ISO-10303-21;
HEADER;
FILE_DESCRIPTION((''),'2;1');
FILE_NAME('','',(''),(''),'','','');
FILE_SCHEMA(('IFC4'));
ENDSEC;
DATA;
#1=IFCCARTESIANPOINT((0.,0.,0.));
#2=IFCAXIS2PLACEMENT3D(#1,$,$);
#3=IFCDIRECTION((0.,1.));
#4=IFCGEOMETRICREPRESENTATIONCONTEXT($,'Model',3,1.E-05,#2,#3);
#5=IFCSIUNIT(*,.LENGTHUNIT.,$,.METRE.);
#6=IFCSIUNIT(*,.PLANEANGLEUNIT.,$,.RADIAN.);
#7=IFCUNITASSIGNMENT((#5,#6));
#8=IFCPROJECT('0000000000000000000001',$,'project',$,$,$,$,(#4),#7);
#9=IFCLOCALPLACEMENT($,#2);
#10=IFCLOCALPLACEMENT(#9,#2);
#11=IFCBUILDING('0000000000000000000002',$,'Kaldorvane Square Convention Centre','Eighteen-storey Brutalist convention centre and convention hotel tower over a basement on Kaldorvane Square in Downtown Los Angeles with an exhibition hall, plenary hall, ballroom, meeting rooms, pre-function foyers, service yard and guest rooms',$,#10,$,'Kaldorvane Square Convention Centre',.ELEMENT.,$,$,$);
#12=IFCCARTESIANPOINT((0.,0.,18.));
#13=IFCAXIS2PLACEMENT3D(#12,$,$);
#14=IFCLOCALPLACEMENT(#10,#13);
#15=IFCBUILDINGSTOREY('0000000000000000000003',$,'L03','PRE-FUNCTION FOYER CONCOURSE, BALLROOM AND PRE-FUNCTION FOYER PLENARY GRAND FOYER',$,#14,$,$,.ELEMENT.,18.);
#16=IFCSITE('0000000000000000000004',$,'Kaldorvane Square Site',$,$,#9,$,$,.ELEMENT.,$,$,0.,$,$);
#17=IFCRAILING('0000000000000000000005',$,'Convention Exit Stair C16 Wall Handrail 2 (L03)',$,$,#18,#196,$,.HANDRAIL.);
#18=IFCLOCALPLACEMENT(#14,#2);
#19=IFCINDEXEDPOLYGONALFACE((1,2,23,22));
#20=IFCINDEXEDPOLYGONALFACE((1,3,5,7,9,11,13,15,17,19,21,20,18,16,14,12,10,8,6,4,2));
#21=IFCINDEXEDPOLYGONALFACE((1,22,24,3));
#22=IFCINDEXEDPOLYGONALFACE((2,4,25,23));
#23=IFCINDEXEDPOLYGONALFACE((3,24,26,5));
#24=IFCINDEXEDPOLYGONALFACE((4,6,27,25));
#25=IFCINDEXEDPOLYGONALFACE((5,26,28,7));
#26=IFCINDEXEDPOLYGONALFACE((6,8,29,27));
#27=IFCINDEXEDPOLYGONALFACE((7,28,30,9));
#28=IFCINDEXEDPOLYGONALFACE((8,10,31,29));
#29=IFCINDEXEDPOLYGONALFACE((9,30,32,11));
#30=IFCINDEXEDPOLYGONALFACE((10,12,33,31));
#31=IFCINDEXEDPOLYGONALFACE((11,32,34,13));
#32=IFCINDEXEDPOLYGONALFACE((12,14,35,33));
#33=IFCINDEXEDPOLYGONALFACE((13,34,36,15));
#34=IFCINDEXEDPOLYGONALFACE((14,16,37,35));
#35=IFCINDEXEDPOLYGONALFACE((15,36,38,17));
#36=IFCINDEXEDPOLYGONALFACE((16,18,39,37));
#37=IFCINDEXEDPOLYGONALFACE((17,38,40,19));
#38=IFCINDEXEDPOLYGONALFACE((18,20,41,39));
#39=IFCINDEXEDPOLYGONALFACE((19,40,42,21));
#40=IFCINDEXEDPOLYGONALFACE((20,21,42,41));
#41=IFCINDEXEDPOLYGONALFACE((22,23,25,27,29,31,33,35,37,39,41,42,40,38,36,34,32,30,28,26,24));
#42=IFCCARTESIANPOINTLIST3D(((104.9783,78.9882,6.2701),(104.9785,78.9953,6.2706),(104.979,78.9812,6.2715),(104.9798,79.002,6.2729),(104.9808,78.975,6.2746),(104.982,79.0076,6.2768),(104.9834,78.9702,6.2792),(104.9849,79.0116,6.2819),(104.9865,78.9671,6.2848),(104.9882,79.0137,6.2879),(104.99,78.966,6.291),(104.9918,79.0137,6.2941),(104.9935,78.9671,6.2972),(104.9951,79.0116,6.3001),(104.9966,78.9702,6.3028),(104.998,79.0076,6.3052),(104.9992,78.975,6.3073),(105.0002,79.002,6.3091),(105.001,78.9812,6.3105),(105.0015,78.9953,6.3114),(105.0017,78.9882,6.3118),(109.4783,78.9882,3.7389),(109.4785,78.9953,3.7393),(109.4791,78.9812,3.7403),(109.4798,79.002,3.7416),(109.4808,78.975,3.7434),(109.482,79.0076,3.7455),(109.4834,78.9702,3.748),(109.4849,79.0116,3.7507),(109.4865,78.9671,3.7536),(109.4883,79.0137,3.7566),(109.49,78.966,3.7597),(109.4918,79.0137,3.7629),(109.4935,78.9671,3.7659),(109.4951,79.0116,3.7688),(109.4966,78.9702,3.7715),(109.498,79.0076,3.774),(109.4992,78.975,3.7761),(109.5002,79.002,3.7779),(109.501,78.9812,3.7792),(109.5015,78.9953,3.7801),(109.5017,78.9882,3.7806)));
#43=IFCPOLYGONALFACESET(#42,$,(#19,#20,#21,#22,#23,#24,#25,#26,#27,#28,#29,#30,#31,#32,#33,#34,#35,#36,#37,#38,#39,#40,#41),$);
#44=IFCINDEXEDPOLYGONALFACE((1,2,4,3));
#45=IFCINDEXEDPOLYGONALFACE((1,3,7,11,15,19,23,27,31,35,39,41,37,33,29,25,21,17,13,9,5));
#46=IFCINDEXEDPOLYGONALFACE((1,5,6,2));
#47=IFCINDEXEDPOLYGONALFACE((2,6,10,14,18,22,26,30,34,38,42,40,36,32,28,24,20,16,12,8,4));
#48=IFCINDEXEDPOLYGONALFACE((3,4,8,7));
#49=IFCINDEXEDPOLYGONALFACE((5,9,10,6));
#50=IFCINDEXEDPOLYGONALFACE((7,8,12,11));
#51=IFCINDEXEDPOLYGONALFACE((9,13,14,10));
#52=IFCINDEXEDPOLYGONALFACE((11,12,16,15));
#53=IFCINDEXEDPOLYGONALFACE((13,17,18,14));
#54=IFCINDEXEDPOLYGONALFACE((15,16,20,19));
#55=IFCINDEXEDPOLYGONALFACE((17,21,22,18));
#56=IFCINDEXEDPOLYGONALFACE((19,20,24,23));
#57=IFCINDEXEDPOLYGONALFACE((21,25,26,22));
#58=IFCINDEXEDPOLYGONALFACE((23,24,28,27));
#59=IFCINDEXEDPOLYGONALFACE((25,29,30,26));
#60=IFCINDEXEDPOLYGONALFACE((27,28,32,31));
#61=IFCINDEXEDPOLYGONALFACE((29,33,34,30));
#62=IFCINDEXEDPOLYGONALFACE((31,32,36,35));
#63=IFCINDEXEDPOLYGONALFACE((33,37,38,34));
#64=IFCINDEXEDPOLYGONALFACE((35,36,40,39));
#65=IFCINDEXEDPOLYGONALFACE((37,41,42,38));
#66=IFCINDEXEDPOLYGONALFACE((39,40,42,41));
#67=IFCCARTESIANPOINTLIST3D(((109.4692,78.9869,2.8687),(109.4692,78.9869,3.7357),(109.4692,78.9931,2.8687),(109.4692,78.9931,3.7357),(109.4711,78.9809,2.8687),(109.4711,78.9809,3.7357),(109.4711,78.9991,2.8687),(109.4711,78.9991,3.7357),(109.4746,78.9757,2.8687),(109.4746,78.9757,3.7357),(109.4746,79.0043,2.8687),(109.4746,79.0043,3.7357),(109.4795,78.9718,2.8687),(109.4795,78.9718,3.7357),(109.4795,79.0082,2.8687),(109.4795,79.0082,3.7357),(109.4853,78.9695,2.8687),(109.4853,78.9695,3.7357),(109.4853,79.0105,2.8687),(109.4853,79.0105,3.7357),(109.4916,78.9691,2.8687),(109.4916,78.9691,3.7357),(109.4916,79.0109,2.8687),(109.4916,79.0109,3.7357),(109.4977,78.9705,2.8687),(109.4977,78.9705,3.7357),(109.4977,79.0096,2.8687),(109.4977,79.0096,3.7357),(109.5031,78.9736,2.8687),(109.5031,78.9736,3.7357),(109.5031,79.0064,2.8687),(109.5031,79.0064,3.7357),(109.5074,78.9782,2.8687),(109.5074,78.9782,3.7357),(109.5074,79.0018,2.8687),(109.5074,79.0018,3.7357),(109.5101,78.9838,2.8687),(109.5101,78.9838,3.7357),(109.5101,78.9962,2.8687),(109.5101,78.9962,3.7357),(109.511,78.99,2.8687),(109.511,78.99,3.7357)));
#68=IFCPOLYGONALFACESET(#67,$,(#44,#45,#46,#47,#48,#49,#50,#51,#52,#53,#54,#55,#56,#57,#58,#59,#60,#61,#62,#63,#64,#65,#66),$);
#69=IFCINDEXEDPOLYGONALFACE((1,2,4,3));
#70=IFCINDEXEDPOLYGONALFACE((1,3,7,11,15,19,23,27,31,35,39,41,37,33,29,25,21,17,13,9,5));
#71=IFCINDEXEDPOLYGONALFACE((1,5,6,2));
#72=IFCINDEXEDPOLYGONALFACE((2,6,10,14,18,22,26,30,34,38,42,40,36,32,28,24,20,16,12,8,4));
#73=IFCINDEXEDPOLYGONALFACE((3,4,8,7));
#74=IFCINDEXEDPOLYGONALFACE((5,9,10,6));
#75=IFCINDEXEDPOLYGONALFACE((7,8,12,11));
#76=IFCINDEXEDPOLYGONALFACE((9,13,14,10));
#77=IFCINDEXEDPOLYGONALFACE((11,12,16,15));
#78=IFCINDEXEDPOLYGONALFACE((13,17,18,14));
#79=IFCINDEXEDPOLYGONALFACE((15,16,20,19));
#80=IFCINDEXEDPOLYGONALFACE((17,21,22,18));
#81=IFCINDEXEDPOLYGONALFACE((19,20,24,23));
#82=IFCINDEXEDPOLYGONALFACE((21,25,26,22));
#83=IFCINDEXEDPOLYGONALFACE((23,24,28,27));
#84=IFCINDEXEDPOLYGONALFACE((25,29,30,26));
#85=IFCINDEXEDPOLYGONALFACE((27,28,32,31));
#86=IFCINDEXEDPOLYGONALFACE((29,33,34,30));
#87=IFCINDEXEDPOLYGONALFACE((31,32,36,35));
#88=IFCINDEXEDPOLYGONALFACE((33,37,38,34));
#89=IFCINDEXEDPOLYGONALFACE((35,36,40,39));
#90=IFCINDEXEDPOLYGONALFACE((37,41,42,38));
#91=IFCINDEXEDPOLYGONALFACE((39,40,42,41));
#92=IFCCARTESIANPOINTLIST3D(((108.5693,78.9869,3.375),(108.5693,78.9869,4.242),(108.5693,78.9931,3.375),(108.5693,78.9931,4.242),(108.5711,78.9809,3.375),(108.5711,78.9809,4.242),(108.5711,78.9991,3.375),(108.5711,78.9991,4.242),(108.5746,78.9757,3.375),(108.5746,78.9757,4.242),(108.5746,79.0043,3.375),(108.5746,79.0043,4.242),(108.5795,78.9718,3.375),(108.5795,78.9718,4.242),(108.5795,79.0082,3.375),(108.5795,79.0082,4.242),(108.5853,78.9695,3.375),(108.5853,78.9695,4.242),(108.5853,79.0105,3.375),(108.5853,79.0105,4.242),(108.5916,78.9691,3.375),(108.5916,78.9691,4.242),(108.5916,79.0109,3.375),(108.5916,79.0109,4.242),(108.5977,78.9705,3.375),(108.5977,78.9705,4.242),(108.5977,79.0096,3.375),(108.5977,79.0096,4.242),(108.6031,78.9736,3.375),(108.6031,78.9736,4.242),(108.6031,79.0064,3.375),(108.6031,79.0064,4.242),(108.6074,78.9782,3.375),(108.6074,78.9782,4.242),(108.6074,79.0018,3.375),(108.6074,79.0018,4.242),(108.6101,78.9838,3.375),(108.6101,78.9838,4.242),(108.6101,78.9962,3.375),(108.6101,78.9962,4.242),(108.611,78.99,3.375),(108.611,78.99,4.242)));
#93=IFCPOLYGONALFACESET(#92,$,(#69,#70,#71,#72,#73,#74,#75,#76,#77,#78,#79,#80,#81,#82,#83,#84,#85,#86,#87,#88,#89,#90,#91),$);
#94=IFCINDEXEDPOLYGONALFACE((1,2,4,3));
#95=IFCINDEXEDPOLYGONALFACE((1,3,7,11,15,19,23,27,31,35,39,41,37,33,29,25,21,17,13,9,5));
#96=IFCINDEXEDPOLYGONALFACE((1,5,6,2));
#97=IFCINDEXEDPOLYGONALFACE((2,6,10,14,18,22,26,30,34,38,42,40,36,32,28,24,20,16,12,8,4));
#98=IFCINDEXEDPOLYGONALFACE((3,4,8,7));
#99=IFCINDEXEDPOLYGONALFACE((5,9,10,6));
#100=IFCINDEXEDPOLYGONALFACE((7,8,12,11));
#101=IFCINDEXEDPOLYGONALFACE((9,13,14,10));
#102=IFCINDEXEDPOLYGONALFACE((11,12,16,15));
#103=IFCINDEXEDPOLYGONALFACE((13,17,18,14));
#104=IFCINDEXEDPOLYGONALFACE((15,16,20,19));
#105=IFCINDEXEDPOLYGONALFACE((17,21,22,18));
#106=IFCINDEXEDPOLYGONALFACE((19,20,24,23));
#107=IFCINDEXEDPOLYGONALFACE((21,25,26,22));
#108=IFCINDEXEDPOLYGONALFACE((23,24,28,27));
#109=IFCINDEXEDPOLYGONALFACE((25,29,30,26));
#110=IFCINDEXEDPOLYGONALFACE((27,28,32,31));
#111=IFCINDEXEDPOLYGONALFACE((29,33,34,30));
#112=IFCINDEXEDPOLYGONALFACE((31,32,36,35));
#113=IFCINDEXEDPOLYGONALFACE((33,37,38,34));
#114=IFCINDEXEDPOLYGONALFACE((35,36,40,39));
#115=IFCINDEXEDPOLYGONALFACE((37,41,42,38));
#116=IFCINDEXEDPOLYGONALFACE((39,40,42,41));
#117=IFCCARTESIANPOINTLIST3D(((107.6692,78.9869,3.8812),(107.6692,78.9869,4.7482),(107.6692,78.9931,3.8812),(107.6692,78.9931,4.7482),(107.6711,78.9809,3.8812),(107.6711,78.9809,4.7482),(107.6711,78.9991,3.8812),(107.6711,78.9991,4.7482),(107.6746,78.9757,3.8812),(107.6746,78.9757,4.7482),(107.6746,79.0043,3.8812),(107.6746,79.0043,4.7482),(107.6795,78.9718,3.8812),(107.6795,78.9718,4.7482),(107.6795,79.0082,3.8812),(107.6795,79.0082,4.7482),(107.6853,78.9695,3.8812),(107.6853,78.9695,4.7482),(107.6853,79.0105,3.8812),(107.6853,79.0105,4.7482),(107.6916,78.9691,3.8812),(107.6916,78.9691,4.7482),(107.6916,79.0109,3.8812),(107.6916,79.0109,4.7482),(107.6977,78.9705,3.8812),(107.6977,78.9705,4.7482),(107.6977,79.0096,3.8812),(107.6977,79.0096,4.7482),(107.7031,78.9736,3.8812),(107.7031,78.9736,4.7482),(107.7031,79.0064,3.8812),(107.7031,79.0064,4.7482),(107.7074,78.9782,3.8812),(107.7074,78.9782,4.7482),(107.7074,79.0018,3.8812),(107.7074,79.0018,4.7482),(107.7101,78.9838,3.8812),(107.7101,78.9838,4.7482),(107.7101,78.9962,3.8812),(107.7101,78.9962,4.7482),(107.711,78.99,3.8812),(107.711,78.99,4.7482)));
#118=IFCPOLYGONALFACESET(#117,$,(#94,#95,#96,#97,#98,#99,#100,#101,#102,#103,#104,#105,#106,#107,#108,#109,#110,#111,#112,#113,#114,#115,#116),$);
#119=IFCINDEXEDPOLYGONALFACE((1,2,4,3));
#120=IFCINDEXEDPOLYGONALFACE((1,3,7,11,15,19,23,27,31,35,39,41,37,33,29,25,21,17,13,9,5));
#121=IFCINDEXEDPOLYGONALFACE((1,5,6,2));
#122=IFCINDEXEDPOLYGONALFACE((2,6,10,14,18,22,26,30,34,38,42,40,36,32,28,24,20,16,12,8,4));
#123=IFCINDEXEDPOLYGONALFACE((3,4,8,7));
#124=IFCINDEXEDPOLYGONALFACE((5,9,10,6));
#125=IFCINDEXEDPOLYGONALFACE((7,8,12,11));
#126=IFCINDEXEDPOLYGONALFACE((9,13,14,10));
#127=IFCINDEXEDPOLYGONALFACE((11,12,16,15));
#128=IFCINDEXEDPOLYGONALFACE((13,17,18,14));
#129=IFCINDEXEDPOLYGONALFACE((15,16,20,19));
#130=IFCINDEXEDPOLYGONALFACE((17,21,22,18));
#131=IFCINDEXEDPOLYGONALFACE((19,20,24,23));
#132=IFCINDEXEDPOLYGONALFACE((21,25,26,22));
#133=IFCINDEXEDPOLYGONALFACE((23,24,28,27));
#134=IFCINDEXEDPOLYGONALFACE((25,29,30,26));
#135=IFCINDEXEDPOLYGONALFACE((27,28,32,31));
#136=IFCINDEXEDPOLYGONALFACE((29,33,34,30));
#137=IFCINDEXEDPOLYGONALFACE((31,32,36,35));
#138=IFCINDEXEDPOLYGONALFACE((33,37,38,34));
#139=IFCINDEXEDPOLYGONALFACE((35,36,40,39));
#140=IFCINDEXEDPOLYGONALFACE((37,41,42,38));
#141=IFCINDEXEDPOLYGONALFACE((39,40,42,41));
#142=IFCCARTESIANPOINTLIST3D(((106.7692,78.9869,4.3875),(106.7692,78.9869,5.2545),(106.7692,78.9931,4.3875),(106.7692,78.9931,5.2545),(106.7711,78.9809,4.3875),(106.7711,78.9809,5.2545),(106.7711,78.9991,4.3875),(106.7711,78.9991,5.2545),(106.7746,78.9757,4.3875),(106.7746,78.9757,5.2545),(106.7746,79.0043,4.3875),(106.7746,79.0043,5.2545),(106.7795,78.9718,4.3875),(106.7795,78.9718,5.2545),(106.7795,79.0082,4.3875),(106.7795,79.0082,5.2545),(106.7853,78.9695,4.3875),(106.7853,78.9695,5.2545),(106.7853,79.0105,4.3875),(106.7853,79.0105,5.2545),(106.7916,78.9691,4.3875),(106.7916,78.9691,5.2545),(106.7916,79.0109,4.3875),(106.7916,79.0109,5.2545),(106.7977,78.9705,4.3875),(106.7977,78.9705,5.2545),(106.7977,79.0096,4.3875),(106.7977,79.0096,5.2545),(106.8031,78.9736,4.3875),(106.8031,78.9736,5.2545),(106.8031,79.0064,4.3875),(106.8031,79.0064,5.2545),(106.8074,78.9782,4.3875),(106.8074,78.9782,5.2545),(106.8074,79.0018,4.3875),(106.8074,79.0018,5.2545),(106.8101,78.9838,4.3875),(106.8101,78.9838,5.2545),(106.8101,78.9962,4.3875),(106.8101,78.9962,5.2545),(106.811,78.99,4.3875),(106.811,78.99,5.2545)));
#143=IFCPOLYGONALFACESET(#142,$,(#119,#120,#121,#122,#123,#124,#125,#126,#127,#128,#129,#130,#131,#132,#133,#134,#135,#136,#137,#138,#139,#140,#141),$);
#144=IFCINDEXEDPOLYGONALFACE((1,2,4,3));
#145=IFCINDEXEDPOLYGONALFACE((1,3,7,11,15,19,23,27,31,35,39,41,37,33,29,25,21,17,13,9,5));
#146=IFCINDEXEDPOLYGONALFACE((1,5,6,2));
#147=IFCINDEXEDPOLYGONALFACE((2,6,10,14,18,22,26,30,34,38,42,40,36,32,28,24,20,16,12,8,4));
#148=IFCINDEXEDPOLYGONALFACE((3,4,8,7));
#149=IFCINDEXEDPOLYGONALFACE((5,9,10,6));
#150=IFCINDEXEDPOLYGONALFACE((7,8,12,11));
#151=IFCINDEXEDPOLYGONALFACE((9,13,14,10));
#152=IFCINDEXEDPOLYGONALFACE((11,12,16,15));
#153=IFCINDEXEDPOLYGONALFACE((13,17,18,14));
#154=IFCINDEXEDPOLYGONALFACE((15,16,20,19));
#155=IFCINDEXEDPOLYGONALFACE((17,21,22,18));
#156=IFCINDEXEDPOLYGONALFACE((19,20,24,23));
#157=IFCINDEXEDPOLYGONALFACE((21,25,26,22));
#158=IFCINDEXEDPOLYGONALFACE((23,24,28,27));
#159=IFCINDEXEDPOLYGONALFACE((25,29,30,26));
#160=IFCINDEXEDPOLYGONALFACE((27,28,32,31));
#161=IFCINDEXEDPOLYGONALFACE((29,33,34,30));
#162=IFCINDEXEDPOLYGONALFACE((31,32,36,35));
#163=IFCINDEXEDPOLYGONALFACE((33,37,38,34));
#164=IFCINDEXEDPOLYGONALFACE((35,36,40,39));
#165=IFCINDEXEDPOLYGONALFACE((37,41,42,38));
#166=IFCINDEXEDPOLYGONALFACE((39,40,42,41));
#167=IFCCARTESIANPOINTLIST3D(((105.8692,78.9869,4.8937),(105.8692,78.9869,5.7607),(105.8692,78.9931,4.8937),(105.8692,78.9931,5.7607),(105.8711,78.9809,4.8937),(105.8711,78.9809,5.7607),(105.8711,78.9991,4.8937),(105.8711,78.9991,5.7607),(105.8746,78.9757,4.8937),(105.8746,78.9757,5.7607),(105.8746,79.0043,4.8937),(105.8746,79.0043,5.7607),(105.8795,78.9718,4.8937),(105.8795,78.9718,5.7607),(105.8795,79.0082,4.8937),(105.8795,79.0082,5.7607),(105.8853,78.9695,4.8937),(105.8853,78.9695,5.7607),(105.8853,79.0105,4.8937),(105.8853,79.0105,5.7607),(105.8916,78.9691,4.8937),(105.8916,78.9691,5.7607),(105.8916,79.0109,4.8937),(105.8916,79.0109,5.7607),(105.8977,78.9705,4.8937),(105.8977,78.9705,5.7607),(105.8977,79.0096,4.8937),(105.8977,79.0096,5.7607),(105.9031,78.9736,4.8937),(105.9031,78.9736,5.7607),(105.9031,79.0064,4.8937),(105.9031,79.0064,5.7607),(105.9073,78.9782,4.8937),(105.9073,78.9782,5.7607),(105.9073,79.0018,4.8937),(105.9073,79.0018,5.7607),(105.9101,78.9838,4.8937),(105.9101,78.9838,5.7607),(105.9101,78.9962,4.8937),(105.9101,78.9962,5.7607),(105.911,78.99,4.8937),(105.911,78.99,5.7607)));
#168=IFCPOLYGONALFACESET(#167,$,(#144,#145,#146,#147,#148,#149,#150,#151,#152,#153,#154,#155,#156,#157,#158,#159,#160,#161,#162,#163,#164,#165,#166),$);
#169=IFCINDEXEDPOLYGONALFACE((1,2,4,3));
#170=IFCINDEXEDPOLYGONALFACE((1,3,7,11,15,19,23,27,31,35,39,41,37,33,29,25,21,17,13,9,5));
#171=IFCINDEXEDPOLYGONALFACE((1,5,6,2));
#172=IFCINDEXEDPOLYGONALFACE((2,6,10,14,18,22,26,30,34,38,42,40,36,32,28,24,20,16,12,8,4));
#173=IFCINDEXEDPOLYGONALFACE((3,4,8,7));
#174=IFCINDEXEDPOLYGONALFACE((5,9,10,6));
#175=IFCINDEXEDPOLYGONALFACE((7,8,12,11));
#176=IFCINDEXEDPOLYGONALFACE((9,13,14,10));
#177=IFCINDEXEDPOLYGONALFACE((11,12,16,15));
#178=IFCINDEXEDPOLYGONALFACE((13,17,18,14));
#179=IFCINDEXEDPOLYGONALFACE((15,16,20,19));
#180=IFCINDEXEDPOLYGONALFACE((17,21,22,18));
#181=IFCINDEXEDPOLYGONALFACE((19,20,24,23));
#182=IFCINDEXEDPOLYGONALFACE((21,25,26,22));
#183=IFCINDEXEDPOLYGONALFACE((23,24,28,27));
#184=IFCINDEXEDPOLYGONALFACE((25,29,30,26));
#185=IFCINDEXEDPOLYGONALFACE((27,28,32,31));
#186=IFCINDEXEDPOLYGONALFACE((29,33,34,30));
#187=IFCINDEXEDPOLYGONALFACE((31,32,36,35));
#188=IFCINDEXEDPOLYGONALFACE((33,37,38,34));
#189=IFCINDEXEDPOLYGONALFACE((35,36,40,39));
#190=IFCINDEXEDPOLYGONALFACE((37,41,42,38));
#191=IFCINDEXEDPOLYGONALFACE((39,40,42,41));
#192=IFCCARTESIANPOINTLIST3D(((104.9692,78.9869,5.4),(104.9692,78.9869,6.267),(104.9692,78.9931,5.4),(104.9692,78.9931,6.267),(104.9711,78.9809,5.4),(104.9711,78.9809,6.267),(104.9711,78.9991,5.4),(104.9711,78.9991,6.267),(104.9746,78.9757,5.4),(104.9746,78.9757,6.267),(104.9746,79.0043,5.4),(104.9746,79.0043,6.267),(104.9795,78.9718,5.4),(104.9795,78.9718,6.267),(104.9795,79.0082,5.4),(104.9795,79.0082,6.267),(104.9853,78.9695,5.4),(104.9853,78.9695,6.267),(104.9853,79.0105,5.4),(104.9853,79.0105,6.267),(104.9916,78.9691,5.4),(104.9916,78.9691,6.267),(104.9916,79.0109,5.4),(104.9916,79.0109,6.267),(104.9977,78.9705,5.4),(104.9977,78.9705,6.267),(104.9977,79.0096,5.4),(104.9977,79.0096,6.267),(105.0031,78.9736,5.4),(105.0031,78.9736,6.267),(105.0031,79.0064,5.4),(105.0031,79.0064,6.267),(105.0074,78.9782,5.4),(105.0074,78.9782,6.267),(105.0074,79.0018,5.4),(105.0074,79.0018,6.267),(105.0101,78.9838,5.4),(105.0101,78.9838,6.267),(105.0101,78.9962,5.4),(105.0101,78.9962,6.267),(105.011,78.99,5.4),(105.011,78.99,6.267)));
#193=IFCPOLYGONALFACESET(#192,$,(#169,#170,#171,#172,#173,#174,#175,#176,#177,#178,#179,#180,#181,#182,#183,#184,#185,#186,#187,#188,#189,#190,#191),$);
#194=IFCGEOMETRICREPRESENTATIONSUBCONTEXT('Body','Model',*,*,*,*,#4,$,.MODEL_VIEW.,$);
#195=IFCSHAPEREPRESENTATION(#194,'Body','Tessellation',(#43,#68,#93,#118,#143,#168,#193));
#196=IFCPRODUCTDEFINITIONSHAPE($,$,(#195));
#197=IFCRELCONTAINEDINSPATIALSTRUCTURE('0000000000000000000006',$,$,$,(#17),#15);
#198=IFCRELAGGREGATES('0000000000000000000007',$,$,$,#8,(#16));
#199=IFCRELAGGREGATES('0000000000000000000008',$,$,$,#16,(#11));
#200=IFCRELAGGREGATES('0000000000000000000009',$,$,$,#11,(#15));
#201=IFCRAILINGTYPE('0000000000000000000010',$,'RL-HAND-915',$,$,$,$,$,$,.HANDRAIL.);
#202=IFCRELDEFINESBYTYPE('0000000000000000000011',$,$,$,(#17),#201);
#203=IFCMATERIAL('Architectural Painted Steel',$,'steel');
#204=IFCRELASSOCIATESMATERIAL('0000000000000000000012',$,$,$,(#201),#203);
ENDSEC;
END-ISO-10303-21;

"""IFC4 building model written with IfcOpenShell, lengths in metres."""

from ifc_helpers import new_model, si_unit, direction, frame, origin, origin_2d, place, context, subcontext, project, spatial, circle, extrude, material, type_object, element, save


model = new_model("IFC4")

# Units and contexts
model_context = context("Model", 3, precision=1e-05, world=origin(), true_north=direction((0.0, 1.0)))
body_context = subcontext(model_context, "Body", "Model", "MODEL_VIEW")
ifc_project = project(units=[si_unit("LENGTHUNIT", "METRE"), si_unit("PLANEANGLEUNIT", "RADIAN")], contexts=[model_context])

# Site, building, storey
site_placement = place(None, origin())
site = spatial("IfcSite", under=ifc_project, at=site_placement, Name="Kaldorvane Square Site", CompositionType="ELEMENT", RefElevation=0.0)
building_placement = place(site_placement, origin())
building = spatial("IfcBuilding", under=site, at=building_placement, Name="Kaldorvane Square Convention Centre", Description="Eighteen-storey Brutalist convention centre and convention hotel tower over a basement on Kaldorvane Square in Downtown Los Angeles with an exhibition hall, plenary hall, ballroom, meeting rooms, pre-function foyers, service yard and guest rooms", LongName="Kaldorvane Square Convention Centre", CompositionType="ELEMENT")
storey_placement = place(building_placement, frame((0.0, 0.0, 18.0)))
storey = spatial("IfcBuildingStorey", under=building, at=storey_placement, Name="L03", Description="PRE-FUNCTION FOYER CONCOURSE, BALLROOM AND PRE-FUNCTION FOYER PLENARY GRAND FOYER", CompositionType="ELEMENT", Elevation=18.0)

# Railing
ifc_material_1 = material(Name="Architectural Painted Steel", Category="steel")
railing_type_1 = type_object("IfcRailingType", Name="RL-HAND-915", PredefinedType="HANDRAIL", material=ifc_material_1)
for number, where, name in (
    (1, (109.49, 78.99, 2.8687), "Convention Exit Stair C16 Wall Handrail 2 (L03)"),
):
    element("IfcRailing", number, at=place(storey_placement, frame(where)), inside=storey, type_object=railing_type_1, Name=name, PredefinedType="HANDRAIL", context=body_context, shape_type="SweptSolid", body=[
        extrude(circle(Radius=0.024, at=origin_2d()), frame((0.0, 0.0, 0.891), z_axis=(-0.871576, 0.0, 0.490261), x_axis=(0.0, -1.0, 0.0)), (0.0, 0.0, 1.0), 5.1631),
        extrude(circle(Radius=0.021, at=origin_2d()), origin(), (0.0, 0.0, 1.0), 0.867),
        extrude(circle(Radius=0.021, at=origin_2d()), frame((-0.9, 0.0, 0.5063)), (0.0, 0.0, 1.0), 0.867),
        extrude(circle(Radius=0.021, at=origin_2d()), frame((-1.8, 0.0, 1.0125)), (0.0, 0.0, 1.0), 0.867),
        extrude(circle(Radius=0.021, at=origin_2d()), frame((-2.7, 0.0, 1.5188)), (0.0, 0.0, 1.0), 0.867),
        extrude(circle(Radius=0.021, at=origin_2d()), frame((-3.6, 0.0, 2.025)), (0.0, 0.0, 1.0), 0.867),
        extrude(circle(Radius=0.021, at=origin_2d()), frame((-4.5, 0.0, 2.5312)), (0.0, 0.0, 1.0), 0.867),
    ])

save(model, "model.ifc")
